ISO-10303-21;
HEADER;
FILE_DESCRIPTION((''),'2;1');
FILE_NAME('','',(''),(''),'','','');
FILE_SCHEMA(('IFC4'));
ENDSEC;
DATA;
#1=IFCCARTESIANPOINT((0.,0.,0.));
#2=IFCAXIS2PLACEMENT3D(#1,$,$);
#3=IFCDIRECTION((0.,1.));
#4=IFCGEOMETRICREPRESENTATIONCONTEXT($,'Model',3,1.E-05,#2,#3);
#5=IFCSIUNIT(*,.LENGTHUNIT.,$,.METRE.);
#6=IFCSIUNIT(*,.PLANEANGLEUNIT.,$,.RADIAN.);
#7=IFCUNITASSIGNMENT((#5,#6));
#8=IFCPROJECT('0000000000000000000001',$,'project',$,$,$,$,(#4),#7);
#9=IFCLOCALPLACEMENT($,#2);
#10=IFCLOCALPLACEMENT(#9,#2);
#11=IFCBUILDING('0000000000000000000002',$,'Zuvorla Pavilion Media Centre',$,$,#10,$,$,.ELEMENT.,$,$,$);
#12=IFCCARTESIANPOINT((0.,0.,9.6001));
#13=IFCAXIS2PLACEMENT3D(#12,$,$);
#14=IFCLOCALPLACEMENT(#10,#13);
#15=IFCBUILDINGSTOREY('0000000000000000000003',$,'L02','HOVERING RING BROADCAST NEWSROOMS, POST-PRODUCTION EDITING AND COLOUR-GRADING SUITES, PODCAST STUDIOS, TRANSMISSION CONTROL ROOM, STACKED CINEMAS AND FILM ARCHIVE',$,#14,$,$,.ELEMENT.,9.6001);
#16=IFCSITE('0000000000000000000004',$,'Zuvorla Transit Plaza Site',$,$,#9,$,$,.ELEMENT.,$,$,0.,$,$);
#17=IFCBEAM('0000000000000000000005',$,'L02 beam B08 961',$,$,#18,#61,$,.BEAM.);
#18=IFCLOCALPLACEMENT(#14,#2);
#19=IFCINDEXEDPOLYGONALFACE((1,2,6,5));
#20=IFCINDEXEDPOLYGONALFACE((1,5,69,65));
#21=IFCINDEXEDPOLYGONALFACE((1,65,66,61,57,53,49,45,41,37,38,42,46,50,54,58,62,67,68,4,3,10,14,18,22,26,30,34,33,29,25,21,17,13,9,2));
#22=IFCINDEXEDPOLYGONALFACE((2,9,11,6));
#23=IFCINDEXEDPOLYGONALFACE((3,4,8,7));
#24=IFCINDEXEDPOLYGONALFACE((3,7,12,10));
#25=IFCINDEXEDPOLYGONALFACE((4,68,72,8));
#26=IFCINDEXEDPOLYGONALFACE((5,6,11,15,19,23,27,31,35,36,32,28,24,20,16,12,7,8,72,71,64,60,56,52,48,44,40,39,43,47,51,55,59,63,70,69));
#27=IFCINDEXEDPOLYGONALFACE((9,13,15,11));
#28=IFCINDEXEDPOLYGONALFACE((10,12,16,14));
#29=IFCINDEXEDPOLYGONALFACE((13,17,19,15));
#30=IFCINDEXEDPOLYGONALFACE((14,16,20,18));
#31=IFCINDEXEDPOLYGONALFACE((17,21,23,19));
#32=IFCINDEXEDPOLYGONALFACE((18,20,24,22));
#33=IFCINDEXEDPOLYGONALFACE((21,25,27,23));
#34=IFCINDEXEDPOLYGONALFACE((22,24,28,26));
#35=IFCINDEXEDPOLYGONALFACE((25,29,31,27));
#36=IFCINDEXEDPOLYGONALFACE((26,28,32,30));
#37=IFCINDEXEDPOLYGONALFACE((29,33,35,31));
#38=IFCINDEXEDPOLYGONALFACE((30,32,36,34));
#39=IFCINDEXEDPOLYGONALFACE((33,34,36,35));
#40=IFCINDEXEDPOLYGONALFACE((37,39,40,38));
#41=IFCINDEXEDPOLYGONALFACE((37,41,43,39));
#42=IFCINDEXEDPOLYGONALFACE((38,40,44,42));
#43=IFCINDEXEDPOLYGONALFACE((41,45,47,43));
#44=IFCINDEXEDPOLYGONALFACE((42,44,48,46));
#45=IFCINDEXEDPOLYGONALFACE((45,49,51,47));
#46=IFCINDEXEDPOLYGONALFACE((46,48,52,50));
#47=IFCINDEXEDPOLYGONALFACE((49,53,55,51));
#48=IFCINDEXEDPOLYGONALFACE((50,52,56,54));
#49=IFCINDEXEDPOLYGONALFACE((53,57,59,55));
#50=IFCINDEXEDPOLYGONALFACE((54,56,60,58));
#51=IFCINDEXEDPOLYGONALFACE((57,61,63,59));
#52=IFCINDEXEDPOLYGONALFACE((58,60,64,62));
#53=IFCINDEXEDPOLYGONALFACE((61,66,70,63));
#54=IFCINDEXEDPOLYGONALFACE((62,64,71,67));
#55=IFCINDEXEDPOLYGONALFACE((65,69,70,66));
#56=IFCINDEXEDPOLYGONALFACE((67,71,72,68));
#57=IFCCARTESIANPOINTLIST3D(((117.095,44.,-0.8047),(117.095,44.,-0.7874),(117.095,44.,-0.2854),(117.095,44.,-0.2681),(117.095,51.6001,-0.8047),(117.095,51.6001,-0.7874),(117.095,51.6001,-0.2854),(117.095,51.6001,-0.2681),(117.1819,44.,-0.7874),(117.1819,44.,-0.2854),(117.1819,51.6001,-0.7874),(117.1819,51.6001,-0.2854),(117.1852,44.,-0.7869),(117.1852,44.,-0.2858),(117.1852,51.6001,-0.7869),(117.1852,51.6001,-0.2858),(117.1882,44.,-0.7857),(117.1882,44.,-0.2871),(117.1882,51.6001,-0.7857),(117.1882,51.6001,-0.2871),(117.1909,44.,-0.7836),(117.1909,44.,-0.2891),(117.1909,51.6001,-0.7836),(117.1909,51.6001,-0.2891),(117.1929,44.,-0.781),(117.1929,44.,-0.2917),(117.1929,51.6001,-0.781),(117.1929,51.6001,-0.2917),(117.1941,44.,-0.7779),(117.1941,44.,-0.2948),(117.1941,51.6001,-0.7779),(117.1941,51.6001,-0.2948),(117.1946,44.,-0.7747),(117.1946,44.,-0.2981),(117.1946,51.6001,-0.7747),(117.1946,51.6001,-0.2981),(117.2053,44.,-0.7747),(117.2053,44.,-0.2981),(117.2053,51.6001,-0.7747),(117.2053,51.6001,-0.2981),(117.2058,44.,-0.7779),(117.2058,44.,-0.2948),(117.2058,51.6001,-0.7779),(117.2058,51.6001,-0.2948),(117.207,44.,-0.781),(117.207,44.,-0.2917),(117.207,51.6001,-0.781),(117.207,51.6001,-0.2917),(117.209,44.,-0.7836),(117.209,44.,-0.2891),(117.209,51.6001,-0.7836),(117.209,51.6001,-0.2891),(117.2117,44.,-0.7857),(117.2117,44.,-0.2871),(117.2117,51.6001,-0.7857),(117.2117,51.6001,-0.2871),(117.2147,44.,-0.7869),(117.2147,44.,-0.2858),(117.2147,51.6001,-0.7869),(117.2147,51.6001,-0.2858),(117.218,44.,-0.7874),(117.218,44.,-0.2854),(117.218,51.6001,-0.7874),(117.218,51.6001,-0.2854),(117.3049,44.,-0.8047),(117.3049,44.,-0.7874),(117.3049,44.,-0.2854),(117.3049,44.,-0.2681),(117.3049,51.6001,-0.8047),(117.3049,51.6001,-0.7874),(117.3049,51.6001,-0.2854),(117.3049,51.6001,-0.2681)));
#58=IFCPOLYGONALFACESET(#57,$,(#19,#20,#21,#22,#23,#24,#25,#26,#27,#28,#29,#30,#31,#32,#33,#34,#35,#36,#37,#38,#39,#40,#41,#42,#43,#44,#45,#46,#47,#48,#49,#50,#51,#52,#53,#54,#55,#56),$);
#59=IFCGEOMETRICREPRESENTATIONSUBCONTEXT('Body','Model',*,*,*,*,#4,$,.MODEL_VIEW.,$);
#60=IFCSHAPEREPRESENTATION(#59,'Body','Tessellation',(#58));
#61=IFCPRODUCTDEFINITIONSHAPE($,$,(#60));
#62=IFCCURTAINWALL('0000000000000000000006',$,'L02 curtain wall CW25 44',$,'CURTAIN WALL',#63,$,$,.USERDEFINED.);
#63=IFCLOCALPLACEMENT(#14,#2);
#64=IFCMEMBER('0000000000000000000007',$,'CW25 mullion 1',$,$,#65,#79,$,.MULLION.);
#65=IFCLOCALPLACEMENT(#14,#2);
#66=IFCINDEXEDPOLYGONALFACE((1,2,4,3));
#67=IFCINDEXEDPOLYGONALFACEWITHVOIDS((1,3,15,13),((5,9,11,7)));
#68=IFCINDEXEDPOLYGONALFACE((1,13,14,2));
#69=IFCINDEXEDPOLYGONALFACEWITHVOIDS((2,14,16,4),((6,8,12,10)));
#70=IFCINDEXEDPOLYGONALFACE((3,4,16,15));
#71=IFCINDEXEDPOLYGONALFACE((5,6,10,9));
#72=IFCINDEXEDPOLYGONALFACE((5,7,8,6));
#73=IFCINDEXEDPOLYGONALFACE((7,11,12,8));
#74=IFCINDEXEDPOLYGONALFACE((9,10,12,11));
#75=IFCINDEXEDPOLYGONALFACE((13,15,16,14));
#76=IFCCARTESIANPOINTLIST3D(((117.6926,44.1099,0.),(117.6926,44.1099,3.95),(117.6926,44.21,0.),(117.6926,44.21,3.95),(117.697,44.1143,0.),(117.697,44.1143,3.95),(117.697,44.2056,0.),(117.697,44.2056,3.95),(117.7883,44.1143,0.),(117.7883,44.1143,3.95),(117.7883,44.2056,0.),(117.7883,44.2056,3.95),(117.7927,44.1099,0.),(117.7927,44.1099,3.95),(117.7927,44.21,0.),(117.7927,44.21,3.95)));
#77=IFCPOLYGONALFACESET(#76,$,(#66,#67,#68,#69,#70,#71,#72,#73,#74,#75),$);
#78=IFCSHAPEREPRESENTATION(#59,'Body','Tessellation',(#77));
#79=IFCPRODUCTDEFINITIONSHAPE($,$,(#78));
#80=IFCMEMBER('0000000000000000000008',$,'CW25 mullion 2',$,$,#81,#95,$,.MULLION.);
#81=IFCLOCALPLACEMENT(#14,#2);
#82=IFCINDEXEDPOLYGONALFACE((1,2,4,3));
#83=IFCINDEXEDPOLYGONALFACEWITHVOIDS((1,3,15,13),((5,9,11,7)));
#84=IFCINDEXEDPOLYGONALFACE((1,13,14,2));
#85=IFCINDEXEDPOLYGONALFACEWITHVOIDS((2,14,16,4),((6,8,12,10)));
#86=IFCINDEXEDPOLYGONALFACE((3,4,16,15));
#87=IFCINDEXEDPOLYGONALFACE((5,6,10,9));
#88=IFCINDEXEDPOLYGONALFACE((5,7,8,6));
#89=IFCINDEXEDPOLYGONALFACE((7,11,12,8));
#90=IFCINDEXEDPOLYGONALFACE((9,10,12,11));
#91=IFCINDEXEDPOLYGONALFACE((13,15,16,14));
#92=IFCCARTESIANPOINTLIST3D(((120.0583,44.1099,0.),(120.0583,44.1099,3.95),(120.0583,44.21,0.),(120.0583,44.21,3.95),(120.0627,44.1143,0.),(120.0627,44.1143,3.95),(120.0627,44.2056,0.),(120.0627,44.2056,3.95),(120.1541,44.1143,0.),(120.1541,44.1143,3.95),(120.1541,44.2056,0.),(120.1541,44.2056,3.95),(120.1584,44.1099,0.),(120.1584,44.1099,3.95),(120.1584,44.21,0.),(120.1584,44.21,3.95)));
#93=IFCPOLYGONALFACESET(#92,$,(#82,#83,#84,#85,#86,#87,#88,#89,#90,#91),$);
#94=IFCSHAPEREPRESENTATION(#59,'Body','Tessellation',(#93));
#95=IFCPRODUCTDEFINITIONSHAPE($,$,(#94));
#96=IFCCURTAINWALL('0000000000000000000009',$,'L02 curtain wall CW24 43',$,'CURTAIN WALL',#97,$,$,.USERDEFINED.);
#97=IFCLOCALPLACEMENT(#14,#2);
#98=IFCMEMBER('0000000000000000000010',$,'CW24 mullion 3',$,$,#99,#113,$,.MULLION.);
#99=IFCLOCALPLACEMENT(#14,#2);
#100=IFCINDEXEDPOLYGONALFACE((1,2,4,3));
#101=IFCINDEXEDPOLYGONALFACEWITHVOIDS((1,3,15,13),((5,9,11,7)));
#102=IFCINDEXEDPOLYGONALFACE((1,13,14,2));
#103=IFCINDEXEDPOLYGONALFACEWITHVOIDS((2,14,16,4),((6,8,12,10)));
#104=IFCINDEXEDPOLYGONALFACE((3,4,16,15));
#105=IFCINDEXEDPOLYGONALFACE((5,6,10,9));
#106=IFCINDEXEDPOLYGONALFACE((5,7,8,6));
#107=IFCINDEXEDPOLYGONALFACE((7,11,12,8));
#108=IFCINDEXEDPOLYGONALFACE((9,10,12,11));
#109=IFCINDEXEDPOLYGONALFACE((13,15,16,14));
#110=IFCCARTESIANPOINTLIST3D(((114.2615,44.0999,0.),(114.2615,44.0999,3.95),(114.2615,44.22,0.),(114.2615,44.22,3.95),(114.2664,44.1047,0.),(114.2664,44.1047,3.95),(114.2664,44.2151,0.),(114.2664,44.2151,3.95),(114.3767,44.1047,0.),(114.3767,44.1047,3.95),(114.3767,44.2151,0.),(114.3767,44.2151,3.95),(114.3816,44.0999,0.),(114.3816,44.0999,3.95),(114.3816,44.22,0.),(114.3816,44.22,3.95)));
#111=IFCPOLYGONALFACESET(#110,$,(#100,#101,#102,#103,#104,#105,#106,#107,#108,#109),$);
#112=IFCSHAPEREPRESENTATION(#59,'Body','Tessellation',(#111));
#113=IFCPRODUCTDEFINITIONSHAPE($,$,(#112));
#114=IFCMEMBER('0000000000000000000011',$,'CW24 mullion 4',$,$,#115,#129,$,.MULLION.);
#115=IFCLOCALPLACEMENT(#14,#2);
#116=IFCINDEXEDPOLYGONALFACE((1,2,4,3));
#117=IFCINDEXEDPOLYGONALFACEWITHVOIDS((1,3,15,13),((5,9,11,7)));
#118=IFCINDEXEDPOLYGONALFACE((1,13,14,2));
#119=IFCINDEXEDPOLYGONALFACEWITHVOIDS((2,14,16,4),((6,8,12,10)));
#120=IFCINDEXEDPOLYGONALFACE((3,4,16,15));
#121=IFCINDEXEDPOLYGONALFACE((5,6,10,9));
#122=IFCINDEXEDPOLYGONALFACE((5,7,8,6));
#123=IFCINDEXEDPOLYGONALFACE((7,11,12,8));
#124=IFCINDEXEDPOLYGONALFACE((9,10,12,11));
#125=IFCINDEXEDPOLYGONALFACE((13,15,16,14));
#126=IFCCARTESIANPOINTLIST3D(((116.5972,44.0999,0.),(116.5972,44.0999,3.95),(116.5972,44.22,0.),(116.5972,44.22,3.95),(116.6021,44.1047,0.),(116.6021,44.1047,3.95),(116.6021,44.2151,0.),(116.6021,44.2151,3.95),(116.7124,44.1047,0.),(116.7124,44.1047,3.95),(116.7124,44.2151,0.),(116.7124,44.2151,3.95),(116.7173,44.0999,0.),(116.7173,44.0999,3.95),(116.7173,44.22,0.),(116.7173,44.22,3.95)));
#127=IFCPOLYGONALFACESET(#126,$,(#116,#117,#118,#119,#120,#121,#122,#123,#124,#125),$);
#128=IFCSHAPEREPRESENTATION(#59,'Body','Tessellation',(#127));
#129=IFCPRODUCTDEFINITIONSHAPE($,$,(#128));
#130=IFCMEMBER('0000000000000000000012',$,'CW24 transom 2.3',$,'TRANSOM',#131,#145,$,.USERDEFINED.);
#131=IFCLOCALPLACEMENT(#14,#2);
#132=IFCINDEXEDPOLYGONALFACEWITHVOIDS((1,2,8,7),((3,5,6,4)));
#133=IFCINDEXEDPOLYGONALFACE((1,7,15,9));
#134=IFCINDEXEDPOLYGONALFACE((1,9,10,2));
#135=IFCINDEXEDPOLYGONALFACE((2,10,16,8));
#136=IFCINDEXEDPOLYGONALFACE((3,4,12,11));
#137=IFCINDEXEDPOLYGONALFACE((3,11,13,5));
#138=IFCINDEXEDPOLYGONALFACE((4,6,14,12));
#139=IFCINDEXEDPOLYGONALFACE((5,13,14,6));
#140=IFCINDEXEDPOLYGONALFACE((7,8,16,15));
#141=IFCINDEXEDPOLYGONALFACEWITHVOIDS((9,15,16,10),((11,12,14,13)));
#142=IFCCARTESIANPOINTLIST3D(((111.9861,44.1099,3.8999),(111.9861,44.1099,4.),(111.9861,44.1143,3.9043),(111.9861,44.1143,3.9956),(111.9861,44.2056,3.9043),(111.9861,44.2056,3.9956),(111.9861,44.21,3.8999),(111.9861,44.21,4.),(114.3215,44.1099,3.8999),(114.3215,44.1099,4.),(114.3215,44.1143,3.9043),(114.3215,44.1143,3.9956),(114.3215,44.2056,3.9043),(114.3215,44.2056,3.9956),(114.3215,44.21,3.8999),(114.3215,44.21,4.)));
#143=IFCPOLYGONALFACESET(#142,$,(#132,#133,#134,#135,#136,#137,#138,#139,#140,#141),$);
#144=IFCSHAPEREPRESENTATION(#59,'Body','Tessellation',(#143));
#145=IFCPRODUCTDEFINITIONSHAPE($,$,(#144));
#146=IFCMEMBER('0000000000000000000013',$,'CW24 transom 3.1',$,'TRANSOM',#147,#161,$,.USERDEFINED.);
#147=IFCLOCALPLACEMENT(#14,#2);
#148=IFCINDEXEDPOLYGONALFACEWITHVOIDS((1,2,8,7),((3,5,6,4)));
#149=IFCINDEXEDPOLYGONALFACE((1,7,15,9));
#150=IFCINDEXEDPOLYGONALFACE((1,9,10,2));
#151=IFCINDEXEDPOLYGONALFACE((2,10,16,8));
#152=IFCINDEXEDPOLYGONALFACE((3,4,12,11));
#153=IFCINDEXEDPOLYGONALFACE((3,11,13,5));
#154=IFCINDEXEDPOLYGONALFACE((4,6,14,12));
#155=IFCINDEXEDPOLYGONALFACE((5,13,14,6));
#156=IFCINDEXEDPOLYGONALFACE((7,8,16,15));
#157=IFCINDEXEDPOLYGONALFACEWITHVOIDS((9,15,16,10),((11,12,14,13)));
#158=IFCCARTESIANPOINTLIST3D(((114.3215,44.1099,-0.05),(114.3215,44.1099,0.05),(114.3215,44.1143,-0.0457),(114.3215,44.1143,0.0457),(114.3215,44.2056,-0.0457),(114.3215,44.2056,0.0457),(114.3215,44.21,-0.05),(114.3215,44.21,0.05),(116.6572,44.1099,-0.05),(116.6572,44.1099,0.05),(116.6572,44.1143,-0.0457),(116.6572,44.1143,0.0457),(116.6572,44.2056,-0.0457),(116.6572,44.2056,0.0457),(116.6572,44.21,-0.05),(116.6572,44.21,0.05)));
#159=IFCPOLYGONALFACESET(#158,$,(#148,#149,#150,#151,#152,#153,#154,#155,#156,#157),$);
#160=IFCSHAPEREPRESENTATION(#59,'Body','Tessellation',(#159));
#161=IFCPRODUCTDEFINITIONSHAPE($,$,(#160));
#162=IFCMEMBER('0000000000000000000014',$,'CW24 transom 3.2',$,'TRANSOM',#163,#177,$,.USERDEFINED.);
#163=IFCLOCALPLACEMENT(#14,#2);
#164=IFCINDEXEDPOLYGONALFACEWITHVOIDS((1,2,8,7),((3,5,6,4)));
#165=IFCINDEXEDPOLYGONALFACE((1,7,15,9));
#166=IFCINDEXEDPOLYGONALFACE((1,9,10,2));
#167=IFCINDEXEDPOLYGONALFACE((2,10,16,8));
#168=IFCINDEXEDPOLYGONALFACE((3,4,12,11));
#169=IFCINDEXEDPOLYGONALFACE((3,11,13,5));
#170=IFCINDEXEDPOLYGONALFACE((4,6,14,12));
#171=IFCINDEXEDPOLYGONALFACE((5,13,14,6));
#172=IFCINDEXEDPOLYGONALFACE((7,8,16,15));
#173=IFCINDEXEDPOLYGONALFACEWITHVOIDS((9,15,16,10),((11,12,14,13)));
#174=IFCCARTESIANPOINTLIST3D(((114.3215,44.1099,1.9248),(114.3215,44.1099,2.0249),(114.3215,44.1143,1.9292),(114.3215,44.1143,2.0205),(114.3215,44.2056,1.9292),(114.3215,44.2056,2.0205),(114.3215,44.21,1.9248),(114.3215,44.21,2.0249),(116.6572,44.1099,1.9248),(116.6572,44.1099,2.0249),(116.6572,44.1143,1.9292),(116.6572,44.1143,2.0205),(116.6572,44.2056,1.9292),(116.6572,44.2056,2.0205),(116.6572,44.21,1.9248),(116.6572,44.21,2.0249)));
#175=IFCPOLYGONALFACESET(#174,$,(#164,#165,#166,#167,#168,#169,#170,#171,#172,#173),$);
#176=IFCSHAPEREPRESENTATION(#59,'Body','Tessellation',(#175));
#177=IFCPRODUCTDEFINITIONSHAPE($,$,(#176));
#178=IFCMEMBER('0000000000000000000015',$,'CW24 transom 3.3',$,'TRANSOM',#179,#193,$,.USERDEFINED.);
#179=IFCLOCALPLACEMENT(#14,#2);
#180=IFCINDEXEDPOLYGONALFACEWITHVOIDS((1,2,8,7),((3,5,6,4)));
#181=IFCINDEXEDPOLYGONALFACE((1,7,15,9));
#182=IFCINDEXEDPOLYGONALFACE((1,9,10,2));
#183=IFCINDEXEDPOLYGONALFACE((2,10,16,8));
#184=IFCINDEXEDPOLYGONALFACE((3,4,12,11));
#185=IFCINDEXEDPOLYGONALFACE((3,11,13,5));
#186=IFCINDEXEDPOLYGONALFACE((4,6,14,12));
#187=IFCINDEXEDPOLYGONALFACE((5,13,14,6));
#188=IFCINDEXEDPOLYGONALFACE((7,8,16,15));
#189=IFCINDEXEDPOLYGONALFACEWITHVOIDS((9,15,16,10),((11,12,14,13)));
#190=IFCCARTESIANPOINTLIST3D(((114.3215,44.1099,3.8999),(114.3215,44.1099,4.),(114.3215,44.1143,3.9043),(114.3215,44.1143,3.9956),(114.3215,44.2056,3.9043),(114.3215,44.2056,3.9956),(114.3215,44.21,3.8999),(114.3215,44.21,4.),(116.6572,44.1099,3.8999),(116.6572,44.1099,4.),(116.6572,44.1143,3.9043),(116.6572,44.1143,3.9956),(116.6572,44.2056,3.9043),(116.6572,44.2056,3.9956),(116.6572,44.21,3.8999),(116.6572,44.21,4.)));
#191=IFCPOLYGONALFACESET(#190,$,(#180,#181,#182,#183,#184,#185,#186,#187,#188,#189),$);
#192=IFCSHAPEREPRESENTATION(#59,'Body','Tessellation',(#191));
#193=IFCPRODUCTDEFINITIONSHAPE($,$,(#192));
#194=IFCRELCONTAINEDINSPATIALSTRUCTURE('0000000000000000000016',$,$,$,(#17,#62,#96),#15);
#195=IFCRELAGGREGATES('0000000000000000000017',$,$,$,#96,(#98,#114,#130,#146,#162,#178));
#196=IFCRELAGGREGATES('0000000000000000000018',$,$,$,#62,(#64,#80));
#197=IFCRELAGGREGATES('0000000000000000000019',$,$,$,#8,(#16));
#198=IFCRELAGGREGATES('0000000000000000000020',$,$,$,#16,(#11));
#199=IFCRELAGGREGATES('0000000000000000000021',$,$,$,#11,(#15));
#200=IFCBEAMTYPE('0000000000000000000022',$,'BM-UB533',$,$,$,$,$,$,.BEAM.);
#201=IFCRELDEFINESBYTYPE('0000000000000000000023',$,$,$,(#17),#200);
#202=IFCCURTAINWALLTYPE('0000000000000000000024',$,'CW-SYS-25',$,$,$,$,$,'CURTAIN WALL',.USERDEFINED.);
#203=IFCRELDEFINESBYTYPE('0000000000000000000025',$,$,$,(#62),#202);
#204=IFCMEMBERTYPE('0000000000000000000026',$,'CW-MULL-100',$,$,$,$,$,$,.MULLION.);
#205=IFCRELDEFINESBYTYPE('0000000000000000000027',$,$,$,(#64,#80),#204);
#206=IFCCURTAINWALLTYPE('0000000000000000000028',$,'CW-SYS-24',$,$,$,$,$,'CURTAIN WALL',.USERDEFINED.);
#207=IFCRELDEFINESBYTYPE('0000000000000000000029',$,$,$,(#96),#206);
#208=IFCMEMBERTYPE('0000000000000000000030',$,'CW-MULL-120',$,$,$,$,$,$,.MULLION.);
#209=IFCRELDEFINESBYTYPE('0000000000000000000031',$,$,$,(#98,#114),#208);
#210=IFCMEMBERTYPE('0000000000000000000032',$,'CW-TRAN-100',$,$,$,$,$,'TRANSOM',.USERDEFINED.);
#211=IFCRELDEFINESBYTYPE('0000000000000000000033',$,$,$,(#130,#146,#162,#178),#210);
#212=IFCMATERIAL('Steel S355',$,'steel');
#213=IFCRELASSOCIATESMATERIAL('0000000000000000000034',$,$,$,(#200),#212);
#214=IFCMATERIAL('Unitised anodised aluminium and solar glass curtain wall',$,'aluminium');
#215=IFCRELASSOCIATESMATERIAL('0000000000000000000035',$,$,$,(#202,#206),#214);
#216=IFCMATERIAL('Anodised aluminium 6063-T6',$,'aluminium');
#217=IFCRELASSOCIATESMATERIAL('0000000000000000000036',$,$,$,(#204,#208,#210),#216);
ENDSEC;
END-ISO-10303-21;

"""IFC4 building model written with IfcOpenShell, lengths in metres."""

from ifc_helpers import new_model, si_unit, direction, frame, origin, origin_2d, place, context, subcontext, project, spatial, hollow_rectangle, i_section, extrude, material, material_profile, profile_set, type_object, element, aggregate, save


model = new_model("IFC4")

# Units and contexts
model_context = context("Model", 3, precision=1e-05, world=origin(), true_north=direction((0.0, 1.0)))
body_context = subcontext(model_context, "Body", "Model", "MODEL_VIEW")
ifc_project = project(units=[si_unit("LENGTHUNIT", "METRE"), si_unit("PLANEANGLEUNIT", "RADIAN")], contexts=[model_context])

# Site, building, storey
site_placement = place(None, origin())
site = spatial("IfcSite", under=ifc_project, at=site_placement, Name="Zuvorla Transit Plaza Site", CompositionType="ELEMENT", RefElevation=0.0)
building_placement = place(site_placement, origin())
building = spatial("IfcBuilding", under=site, at=building_placement, Name="Zuvorla Pavilion Media Centre", CompositionType="ELEMENT")
storey_placement = place(building_placement, frame((0.0, 0.0, 9.6001)))
storey = spatial("IfcBuildingStorey", under=building, at=storey_placement, Name="L02", Description="HOVERING RING BROADCAST NEWSROOMS, POST-PRODUCTION EDITING AND COLOUR-GRADING SUITES, PODCAST STUDIOS, TRANSMISSION CONTROL ROOM, STACKED CINEMAS AND FILM ARCHIVE", CompositionType="ELEMENT", Elevation=9.6001)

# Shared definitions
ifc_material_1 = material(Name="Steel S355", Category="steel")

# Beam
ifc_material_profile_1 = material_profile(ifc_material_1, i_section(OverallWidth=0.21, OverallDepth=0.5366, WebThickness=0.0107, FlangeThickness=0.0173, FilletRadius=0.0127, at=origin_2d()), Name="UB 533x210x101")
ifc_profile_set_1 = profile_set([ifc_material_profile_1], Name="Steel S355")
beam_type_1 = type_object("IfcBeamType", Name="BM-UB533", PredefinedType="BEAM", material=ifc_profile_set_1)
beam_1_placement = place(storey_placement, frame((117.2, 44.0, -0.5364), z_axis=(0.0, 1.0, 0.0), x_axis=(-1.0, 0.0, 0.0)))
element("IfcBeam", 1, at=beam_1_placement, inside=storey, type_object=beam_type_1, Name="L02 beam B08 961", PredefinedType="BEAM", context=body_context, shape_type="SweptSolid", body=[
    extrude(i_section(OverallWidth=0.21, OverallDepth=0.5366, WebThickness=0.0107, FlangeThickness=0.0173, FilletRadius=0.0127, at=origin_2d()), origin(), (0.0, 0.0, 1.0), 7.6001),
])

# Curtain walls, members
ifc_material_2 = material(Name="Unitised anodised aluminium and solar glass curtain wall", Category="aluminium")
curtain_wall_type_1 = type_object("IfcCurtainWallType", Name="CW-SYS-25", ElementType="CURTAIN WALL", PredefinedType="USERDEFINED", material=ifc_material_2)
curtain_wall_1_placement = place(storey_placement, origin())
curtain_wall_1 = element("IfcCurtainWall", 2, at=curtain_wall_1_placement, inside=storey, type_object=curtain_wall_type_1, Name="L02 curtain wall CW25 44", ObjectType="CURTAIN WALL", PredefinedType="USERDEFINED")
ifc_material_3 = material(Name="Anodised aluminium 6063-T6", Category="aluminium")
ifc_material_profile_2 = material_profile(ifc_material_3, hollow_rectangle(XDim=0.1001, YDim=0.1001, WallThickness=0.0044, at=origin_2d()), Name="ALU MULL 100x100")
ifc_profile_set_2 = profile_set([ifc_material_profile_2], Name="Anodised aluminium 6063-T6")
member_type_1 = type_object("IfcMemberType", Name="CW-MULL-100", PredefinedType="MULLION", material=ifc_profile_set_2)
member_1_placement = place(storey_placement, frame((117.7427, 44.1599, 0.0), z_axis=(0.0, 0.0, 1.0), x_axis=(1.0, 0.0, 0.0)))
member_1 = element("IfcMember", 3, at=member_1_placement, type_object=member_type_1, Name="CW25 mullion 1", PredefinedType="MULLION", context=body_context, shape_type="SweptSolid", body=[
    extrude(hollow_rectangle(XDim=0.1001, YDim=0.1001, WallThickness=0.0044, at=origin_2d()), origin(), (0.0, 0.0, 1.0), 3.95),
])
member_2_placement = place(storey_placement, frame((120.1084, 44.1599, 0.0), z_axis=(0.0, 0.0, 1.0), x_axis=(1.0, 0.0, 0.0)))
member_2 = element("IfcMember", 4, at=member_2_placement, type_object=member_type_1, Name="CW25 mullion 2", PredefinedType="MULLION", context=body_context, shape_type="SweptSolid", body=[
    extrude(hollow_rectangle(XDim=0.1001, YDim=0.1001, WallThickness=0.0044, at=origin_2d()), origin(), (0.0, 0.0, 1.0), 3.95),
])
curtain_wall_type_2 = type_object("IfcCurtainWallType", Name="CW-SYS-24", ElementType="CURTAIN WALL", PredefinedType="USERDEFINED", material=ifc_material_2)
curtain_wall_2_placement = place(storey_placement, origin())
curtain_wall_2 = element("IfcCurtainWall", 5, at=curtain_wall_2_placement, inside=storey, type_object=curtain_wall_type_2, Name="L02 curtain wall CW24 43", ObjectType="CURTAIN WALL", PredefinedType="USERDEFINED")
ifc_material_profile_3 = material_profile(ifc_material_3, hollow_rectangle(XDim=0.1201, YDim=0.1201, WallThickness=0.0049, at=origin_2d()), Name="ALU MULL 120x120")
ifc_profile_set_3 = profile_set([ifc_material_profile_3], Name="Anodised aluminium 6063-T6")
member_type_2 = type_object("IfcMemberType", Name="CW-MULL-120", PredefinedType="MULLION", material=ifc_profile_set_3)
member_3_placement = place(storey_placement, frame((114.3215, 44.1599, 0.0), z_axis=(0.0, 0.0, 1.0), x_axis=(1.0, 0.0, 0.0)))
member_3 = element("IfcMember", 6, at=member_3_placement, type_object=member_type_2, Name="CW24 mullion 3", PredefinedType="MULLION", context=body_context, shape_type="SweptSolid", body=[
    extrude(hollow_rectangle(XDim=0.1201, YDim=0.1201, WallThickness=0.0049, at=origin_2d()), origin(), (0.0, 0.0, 1.0), 3.95),
])
member_4_placement = place(storey_placement, frame((116.6572, 44.1599, 0.0), z_axis=(0.0, 0.0, 1.0), x_axis=(1.0, 0.0, 0.0)))
member_4 = element("IfcMember", 7, at=member_4_placement, type_object=member_type_2, Name="CW24 mullion 4", PredefinedType="MULLION", context=body_context, shape_type="SweptSolid", body=[
    extrude(hollow_rectangle(XDim=0.1201, YDim=0.1201, WallThickness=0.0049, at=origin_2d()), origin(), (0.0, 0.0, 1.0), 3.95),
])
ifc_material_profile_4 = material_profile(ifc_material_3, hollow_rectangle(XDim=0.1001, YDim=0.1001, WallThickness=0.0044, at=origin_2d()), Name="ALU TRAN 100x100")
ifc_profile_set_4 = profile_set([ifc_material_profile_4], Name="Anodised aluminium 6063-T6")
member_type_3 = type_object("IfcMemberType", Name="CW-TRAN-100", ElementType="TRANSOM", PredefinedType="USERDEFINED", material=ifc_profile_set_4)
member_5_placement = place(storey_placement, frame((111.9861, 44.1599, 3.95), z_axis=(1.0, 0.0, 0.0), x_axis=(0.0, 1.0, 0.0)))
member_5 = element("IfcMember", 8, at=member_5_placement, type_object=member_type_3, Name="CW24 transom 2.3", ObjectType="TRANSOM", PredefinedType="USERDEFINED", context=body_context, shape_type="SweptSolid", body=[
    extrude(hollow_rectangle(XDim=0.1001, YDim=0.1001, WallThickness=0.0044, at=origin_2d()), origin(), (0.0, 0.0, 1.0), 2.3354),
])
member_6_placement = place(storey_placement, frame((114.3215, 44.1599, 0.0), z_axis=(1.0, 0.0, 0.0), x_axis=(0.0, 1.0, 0.0)))
member_6 = element("IfcMember", 9, at=member_6_placement, type_object=member_type_3, Name="CW24 transom 3.1", ObjectType="TRANSOM", PredefinedType="USERDEFINED", context=body_context, shape_type="SweptSolid", body=[
    extrude(hollow_rectangle(XDim=0.1001, YDim=0.1001, WallThickness=0.0044, at=origin_2d()), origin(), (0.0, 0.0, 1.0), 2.3357),
])
member_7_placement = place(storey_placement, frame((114.3215, 44.1599, 1.9749), z_axis=(1.0, 0.0, 0.0), x_axis=(0.0, 1.0, 0.0)))
member_7 = element("IfcMember", 10, at=member_7_placement, type_object=member_type_3, Name="CW24 transom 3.2", ObjectType="TRANSOM", PredefinedType="USERDEFINED", context=body_context, shape_type="SweptSolid", body=[
    extrude(hollow_rectangle(XDim=0.1001, YDim=0.1001, WallThickness=0.0044, at=origin_2d()), origin(), (0.0, 0.0, 1.0), 2.3357),
])
member_8_placement = place(storey_placement, frame((114.3215, 44.1599, 3.95), z_axis=(1.0, 0.0, 0.0), x_axis=(0.0, 1.0, 0.0)))
member_8 = element("IfcMember", 11, at=member_8_placement, type_object=member_type_3, Name="CW24 transom 3.3", ObjectType="TRANSOM", PredefinedType="USERDEFINED", context=body_context, shape_type="SweptSolid", body=[
    extrude(hollow_rectangle(XDim=0.1001, YDim=0.1001, WallThickness=0.0044, at=origin_2d()), origin(), (0.0, 0.0, 1.0), 2.3357),
])

aggregate(curtain_wall_2, [member_3, member_4, member_5, member_6, member_7, member_8])
aggregate(curtain_wall_1, [member_1, member_2])

save(model, "model.ifc")
